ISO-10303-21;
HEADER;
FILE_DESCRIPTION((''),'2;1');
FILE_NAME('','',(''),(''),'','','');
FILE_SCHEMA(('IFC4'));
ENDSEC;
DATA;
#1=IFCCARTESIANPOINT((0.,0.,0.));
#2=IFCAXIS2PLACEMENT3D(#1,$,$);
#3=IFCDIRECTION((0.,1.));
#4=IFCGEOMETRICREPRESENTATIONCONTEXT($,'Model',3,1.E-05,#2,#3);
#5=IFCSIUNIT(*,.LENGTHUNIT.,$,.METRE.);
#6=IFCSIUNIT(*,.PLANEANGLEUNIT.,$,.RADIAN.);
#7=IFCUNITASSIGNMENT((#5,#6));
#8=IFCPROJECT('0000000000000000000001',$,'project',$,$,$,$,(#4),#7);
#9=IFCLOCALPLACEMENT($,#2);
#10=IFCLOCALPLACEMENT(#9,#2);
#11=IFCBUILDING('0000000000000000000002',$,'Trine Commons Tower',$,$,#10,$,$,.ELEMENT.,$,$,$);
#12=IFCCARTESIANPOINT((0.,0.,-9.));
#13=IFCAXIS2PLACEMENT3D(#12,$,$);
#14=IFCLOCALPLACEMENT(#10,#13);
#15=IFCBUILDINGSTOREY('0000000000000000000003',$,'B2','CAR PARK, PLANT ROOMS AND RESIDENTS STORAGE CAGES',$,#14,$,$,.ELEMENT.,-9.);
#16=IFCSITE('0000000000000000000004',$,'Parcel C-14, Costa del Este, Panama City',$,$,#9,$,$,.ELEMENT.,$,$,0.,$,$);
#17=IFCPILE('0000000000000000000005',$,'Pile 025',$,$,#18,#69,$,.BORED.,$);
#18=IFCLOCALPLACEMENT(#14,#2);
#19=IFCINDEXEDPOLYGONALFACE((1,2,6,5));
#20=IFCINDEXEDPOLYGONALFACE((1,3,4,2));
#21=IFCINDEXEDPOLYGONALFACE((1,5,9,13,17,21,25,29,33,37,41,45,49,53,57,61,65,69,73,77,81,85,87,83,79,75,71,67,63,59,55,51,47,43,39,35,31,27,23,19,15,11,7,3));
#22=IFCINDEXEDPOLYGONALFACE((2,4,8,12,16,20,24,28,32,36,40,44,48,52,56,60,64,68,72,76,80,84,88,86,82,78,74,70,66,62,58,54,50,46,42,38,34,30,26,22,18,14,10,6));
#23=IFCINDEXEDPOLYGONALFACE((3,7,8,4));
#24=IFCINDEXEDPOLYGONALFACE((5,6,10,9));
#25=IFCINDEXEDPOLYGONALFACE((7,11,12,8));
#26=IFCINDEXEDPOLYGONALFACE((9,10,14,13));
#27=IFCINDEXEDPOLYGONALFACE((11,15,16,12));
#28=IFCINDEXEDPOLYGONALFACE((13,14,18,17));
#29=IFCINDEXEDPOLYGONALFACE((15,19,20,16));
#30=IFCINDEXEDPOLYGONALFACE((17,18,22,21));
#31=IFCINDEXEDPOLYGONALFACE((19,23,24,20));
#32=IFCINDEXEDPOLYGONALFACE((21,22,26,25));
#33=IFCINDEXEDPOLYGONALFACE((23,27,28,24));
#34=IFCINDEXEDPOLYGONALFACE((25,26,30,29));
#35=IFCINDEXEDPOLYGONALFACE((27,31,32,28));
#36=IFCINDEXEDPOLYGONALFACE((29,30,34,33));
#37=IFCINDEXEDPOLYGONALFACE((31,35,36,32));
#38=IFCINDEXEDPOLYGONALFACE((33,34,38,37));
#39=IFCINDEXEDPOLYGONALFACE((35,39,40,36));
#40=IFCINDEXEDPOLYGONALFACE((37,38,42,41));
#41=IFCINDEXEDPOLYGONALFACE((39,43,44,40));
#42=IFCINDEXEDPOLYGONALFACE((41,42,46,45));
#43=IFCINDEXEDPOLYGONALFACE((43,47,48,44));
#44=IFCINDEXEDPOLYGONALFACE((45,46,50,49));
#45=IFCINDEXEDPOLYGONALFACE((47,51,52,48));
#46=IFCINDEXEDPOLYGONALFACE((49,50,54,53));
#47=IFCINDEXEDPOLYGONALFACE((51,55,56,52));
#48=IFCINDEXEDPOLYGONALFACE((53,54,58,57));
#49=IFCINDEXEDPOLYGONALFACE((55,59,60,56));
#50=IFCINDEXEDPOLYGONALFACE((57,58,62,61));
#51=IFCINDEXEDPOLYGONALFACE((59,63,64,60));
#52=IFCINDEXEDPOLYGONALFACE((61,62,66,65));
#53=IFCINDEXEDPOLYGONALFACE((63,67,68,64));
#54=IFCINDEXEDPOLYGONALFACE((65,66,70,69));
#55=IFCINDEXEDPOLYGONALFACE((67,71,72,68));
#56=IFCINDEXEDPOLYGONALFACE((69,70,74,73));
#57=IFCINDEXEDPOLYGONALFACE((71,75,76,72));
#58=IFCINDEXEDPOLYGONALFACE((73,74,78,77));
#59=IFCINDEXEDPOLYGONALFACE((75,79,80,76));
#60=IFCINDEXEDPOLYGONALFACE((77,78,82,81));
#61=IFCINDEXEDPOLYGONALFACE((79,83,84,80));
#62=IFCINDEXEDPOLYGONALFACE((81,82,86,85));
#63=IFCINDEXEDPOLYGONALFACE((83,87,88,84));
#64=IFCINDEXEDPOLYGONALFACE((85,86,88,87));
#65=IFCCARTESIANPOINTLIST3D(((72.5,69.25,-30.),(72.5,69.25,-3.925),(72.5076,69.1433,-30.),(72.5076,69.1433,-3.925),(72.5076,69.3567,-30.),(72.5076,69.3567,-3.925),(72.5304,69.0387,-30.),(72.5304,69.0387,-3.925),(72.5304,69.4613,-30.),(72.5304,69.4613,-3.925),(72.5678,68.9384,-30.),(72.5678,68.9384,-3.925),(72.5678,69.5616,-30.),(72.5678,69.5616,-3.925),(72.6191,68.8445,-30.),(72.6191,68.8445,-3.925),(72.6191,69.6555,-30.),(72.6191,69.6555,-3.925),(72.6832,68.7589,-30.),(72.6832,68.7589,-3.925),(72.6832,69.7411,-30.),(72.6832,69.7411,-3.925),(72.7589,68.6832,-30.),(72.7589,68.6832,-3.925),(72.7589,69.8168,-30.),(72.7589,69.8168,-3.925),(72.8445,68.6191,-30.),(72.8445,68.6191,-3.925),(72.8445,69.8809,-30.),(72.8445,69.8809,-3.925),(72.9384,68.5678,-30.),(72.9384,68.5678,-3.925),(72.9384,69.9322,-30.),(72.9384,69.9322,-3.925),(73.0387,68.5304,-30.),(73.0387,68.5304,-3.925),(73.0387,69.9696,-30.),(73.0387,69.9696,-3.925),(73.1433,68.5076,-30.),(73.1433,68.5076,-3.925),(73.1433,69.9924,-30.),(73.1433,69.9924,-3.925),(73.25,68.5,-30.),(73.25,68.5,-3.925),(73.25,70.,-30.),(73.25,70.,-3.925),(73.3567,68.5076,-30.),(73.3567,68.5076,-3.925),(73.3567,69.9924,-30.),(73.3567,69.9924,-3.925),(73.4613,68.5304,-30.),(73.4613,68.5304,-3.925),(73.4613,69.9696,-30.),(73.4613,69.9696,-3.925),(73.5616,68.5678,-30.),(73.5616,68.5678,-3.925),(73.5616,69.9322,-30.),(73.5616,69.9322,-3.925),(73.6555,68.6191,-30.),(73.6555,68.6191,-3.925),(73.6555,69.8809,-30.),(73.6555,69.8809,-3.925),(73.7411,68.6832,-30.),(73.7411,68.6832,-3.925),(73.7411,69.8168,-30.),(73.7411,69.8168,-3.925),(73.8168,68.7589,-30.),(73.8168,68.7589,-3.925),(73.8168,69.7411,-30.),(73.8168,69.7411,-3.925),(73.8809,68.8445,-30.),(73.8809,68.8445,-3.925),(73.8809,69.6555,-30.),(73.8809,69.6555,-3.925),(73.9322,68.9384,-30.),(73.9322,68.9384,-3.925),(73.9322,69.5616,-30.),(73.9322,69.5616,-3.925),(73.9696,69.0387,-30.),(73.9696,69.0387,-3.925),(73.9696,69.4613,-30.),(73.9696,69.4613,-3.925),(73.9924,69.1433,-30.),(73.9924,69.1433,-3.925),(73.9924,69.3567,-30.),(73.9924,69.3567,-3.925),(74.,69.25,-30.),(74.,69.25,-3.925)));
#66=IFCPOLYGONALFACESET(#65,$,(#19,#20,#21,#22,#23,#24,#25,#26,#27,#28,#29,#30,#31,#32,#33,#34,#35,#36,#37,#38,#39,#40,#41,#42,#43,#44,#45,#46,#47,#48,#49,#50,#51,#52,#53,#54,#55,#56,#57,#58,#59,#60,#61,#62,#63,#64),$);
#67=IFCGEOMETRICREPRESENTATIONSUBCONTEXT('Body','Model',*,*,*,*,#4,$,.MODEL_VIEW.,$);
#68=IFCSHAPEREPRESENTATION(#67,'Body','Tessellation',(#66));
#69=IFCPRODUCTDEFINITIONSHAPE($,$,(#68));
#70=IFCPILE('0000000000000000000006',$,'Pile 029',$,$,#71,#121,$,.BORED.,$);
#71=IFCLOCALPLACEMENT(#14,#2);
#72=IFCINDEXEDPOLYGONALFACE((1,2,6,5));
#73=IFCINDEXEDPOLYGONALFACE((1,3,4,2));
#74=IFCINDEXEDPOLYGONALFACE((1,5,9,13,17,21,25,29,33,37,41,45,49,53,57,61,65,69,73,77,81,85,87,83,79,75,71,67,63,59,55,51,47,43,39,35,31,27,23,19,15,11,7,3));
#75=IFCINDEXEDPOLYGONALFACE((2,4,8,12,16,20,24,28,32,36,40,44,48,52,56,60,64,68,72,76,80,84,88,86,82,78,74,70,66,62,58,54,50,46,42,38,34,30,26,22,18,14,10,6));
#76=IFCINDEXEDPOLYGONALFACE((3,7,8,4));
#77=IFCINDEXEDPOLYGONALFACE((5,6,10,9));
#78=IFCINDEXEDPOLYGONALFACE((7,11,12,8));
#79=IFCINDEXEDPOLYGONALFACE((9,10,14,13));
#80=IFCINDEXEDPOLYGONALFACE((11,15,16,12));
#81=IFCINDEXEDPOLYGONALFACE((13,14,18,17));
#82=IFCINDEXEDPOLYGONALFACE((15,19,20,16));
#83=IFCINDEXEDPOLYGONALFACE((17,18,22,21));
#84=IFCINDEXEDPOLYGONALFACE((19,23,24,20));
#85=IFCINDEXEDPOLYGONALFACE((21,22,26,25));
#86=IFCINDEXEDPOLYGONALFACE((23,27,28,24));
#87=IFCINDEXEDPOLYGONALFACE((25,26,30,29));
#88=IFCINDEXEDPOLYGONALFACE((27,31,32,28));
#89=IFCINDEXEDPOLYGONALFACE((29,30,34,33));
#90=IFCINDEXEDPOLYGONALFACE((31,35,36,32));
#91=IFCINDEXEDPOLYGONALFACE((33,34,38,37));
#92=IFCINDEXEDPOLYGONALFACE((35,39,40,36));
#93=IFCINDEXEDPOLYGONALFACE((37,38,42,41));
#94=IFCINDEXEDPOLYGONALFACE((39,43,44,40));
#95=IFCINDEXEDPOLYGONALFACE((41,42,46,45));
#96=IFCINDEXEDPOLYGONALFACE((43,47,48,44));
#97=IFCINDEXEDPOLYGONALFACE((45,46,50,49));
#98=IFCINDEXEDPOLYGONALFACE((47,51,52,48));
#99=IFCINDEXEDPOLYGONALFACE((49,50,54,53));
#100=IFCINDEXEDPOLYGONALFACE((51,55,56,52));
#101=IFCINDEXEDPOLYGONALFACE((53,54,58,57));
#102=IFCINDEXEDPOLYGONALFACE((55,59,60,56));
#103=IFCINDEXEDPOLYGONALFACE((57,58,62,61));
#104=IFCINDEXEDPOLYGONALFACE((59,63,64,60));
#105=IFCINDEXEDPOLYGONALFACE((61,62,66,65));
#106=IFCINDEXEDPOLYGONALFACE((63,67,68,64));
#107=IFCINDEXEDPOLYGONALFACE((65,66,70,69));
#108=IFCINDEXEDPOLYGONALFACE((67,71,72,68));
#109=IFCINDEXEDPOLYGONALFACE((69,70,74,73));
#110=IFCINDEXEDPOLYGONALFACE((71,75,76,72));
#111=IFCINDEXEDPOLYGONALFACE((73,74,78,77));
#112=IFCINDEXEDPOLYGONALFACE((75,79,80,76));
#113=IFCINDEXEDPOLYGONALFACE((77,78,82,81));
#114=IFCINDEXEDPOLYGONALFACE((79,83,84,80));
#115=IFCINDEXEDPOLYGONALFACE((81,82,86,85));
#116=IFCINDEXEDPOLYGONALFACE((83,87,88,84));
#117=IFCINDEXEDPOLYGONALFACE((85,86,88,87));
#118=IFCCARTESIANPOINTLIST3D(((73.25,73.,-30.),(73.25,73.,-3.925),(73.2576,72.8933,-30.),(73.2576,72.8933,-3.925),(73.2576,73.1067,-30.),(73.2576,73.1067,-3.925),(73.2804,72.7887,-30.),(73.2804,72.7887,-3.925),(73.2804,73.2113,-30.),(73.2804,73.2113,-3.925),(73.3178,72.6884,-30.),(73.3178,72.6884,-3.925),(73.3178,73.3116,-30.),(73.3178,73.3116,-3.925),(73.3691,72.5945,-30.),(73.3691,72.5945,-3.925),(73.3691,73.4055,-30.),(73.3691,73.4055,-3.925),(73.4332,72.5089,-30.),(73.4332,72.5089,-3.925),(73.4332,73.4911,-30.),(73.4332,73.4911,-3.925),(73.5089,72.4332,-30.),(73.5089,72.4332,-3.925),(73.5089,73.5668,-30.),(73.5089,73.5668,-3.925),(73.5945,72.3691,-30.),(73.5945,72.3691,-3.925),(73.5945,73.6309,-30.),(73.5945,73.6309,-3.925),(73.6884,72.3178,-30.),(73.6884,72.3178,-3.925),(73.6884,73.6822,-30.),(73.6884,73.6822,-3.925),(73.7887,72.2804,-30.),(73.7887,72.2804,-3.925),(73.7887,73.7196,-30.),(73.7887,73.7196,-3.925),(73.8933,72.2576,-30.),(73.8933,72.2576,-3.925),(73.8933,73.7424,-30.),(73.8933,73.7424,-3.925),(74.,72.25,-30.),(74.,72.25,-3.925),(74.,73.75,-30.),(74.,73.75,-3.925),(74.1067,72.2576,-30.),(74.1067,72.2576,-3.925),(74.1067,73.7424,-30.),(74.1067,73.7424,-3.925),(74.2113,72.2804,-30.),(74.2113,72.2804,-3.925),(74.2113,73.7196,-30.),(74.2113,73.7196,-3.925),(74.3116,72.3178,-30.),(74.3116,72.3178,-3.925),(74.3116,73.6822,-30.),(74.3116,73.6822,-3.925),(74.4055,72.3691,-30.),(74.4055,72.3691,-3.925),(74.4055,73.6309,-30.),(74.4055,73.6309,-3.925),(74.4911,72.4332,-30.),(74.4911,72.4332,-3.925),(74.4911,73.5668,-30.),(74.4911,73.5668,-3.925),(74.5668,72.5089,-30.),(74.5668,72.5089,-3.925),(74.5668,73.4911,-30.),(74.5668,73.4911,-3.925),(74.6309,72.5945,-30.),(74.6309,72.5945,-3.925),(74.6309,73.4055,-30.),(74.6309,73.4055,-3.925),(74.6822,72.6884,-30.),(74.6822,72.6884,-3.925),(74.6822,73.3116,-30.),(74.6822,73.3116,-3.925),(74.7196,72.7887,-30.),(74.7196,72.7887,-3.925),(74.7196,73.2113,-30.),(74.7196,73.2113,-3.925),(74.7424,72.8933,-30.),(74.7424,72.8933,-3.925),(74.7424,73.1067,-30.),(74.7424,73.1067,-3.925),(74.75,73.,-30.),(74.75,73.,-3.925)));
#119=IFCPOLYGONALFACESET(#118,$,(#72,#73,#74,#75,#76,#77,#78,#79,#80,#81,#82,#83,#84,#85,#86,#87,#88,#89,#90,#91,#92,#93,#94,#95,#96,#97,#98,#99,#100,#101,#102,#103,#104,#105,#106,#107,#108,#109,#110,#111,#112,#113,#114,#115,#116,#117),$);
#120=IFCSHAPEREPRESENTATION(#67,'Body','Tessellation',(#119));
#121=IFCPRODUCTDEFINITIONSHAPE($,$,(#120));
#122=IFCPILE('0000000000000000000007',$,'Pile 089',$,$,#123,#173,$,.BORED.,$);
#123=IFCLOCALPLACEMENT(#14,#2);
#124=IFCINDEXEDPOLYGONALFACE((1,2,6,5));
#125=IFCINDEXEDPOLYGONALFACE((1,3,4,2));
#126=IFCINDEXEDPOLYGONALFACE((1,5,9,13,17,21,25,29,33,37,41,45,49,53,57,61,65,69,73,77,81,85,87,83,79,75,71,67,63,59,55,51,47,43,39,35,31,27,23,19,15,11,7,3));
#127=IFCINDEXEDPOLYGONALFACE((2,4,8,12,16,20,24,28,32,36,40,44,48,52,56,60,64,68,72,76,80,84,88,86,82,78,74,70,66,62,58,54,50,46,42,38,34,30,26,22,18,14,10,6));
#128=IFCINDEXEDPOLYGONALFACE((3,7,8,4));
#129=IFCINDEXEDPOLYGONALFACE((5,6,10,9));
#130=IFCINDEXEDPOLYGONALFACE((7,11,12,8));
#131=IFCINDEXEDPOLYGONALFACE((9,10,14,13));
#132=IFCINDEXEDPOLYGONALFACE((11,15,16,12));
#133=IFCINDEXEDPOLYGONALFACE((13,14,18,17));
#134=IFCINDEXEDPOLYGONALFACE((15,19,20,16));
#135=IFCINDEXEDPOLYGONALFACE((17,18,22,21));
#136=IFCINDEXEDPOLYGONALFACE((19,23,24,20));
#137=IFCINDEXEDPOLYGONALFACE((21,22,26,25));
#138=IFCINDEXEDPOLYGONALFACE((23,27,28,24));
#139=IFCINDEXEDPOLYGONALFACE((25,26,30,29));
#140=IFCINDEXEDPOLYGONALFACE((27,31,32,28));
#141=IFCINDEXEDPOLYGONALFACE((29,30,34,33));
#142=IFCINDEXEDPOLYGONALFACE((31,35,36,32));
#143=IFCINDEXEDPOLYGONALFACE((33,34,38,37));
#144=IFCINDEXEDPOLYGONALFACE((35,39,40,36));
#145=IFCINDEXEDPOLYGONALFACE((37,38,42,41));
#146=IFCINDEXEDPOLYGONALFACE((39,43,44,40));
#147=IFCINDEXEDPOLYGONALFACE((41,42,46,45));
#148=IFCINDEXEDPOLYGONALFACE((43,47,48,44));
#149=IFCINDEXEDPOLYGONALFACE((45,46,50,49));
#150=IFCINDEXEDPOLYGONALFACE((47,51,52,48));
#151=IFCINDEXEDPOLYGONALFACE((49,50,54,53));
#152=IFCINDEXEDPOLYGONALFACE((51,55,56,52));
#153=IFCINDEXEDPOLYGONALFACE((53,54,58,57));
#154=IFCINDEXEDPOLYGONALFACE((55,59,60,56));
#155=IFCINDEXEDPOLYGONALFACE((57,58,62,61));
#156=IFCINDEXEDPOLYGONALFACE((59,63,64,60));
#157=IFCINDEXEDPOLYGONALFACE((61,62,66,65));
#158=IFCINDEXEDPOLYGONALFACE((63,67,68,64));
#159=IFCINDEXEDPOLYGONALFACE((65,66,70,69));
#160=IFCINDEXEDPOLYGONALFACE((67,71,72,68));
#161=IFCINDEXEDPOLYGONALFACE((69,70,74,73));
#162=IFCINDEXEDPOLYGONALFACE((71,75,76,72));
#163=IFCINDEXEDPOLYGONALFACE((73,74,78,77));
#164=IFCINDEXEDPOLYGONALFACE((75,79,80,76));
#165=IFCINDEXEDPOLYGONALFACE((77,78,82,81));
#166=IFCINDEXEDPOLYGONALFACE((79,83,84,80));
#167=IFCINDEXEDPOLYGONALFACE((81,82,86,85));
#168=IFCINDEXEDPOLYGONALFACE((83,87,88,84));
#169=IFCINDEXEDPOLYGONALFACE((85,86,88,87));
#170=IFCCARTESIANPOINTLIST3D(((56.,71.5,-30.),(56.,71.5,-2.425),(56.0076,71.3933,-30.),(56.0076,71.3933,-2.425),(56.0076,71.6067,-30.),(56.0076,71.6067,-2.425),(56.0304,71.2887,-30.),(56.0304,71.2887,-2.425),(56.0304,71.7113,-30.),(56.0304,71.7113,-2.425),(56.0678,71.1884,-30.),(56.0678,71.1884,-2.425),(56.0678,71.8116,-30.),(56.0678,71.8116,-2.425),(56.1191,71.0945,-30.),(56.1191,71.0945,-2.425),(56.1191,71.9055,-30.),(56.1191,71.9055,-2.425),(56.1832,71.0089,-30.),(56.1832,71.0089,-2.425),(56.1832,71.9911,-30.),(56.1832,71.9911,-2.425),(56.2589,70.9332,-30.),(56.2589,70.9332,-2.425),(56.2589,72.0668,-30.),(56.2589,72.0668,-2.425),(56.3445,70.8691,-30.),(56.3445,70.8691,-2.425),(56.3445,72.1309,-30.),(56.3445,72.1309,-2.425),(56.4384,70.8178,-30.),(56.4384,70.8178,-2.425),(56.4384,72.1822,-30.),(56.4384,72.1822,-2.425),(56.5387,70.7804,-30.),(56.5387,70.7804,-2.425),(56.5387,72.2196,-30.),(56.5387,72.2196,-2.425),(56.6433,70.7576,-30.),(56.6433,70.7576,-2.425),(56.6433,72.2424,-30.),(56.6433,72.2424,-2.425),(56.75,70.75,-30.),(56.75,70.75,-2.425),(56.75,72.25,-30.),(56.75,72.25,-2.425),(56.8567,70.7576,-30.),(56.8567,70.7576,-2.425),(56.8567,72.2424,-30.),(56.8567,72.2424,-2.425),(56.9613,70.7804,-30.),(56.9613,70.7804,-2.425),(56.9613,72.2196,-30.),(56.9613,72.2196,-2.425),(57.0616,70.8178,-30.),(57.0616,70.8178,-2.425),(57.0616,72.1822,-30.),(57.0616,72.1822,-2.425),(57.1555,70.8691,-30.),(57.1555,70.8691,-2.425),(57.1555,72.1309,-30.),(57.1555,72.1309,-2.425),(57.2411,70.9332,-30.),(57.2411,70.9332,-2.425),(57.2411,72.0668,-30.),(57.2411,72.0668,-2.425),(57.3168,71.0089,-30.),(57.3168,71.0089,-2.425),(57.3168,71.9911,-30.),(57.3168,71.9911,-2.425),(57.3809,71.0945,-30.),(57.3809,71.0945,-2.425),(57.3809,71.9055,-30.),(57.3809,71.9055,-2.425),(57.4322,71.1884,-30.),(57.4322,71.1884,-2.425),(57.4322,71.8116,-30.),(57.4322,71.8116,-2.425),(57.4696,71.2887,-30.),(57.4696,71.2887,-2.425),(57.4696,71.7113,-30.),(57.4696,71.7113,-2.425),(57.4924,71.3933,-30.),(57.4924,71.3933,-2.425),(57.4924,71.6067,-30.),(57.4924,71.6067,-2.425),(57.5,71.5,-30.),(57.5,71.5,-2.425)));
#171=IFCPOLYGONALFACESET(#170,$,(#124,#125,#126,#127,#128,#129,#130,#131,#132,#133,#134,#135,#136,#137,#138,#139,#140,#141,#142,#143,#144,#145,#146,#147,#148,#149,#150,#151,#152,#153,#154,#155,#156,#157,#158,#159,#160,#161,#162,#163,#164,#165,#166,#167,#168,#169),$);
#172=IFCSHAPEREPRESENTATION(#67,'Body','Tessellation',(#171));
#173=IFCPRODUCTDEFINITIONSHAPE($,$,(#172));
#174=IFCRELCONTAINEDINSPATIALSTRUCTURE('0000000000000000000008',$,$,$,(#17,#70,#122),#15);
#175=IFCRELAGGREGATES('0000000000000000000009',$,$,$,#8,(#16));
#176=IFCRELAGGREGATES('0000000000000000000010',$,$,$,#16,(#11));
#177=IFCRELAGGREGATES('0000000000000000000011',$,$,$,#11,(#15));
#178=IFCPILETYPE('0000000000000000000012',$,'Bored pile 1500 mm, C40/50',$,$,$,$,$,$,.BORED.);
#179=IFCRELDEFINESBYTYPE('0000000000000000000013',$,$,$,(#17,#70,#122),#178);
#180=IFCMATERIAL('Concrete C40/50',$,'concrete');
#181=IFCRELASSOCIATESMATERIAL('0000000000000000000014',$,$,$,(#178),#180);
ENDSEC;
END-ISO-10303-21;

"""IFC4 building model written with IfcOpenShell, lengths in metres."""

from ifc_helpers import new_model, si_unit, direction, frame, origin, origin_2d, place, context, subcontext, project, spatial, circle, extrude, material, type_object, element, save


model = new_model("IFC4")

# Units and contexts
model_context = context("Model", 3, precision=1e-05, world=origin(), true_north=direction((0.0, 1.0)))
body_context = subcontext(model_context, "Body", "Model", "MODEL_VIEW")
ifc_project = project(units=[si_unit("LENGTHUNIT", "METRE"), si_unit("PLANEANGLEUNIT", "RADIAN")], contexts=[model_context])

# Site, building, storey
site_placement = place(None, origin())
site = spatial("IfcSite", under=ifc_project, at=site_placement, Name="Parcel C-14, Costa del Este, Panama City", CompositionType="ELEMENT", RefElevation=0.0)
building_placement = place(site_placement, origin())
building = spatial("IfcBuilding", under=site, at=building_placement, Name="Trine Commons Tower", CompositionType="ELEMENT")
storey_placement = place(building_placement, frame((0.0, 0.0, -9.0)))
storey = spatial("IfcBuildingStorey", under=building, at=storey_placement, Name="B2", Description="CAR PARK, PLANT ROOMS AND RESIDENTS STORAGE CAGES", CompositionType="ELEMENT", Elevation=-9.0)

# Piles
ifc_material_1 = material(Name="Concrete C40/50", Category="concrete")
pile_type = type_object("IfcPileType", Name="Bored pile 1500 mm, C40/50", PredefinedType="BORED", material=ifc_material_1)
for number, where, z_axis, x_axis, name in (
    (1, (73.25, 69.25, -3.925), (0.0, 0.0, -1.0), (1.0, 0.0, 0.0), "Pile 025"),
    (2, (74.0, 73.0, -3.925), (0.0, 0.0, -1.0), (1.0, 0.0, 0.0), "Pile 029"),
):
    element("IfcPile", number, at=place(storey_placement, frame(where, z_axis=z_axis, x_axis=x_axis)), inside=storey, type_object=pile_type, Name=name, PredefinedType="BORED", context=body_context, shape_type="SweptSolid", body=[
        extrude(circle(Radius=0.75, at=origin_2d()), origin(), (0.0, 0.0, 1.0), 26.075),
    ])
for number, where, z_axis, x_axis, name in (
    (3, (56.75, 71.5, -2.425), (0.0, 0.0, -1.0), (1.0, 0.0, 0.0), "Pile 089"),
):
    element("IfcPile", number, at=place(storey_placement, frame(where, z_axis=z_axis, x_axis=x_axis)), inside=storey, type_object=pile_type, Name=name, PredefinedType="BORED", context=body_context, shape_type="SweptSolid", body=[
        extrude(circle(Radius=0.75, at=origin_2d()), origin(), (0.0, 0.0, 1.0), 27.575),
    ])

save(model, "model.ifc")
